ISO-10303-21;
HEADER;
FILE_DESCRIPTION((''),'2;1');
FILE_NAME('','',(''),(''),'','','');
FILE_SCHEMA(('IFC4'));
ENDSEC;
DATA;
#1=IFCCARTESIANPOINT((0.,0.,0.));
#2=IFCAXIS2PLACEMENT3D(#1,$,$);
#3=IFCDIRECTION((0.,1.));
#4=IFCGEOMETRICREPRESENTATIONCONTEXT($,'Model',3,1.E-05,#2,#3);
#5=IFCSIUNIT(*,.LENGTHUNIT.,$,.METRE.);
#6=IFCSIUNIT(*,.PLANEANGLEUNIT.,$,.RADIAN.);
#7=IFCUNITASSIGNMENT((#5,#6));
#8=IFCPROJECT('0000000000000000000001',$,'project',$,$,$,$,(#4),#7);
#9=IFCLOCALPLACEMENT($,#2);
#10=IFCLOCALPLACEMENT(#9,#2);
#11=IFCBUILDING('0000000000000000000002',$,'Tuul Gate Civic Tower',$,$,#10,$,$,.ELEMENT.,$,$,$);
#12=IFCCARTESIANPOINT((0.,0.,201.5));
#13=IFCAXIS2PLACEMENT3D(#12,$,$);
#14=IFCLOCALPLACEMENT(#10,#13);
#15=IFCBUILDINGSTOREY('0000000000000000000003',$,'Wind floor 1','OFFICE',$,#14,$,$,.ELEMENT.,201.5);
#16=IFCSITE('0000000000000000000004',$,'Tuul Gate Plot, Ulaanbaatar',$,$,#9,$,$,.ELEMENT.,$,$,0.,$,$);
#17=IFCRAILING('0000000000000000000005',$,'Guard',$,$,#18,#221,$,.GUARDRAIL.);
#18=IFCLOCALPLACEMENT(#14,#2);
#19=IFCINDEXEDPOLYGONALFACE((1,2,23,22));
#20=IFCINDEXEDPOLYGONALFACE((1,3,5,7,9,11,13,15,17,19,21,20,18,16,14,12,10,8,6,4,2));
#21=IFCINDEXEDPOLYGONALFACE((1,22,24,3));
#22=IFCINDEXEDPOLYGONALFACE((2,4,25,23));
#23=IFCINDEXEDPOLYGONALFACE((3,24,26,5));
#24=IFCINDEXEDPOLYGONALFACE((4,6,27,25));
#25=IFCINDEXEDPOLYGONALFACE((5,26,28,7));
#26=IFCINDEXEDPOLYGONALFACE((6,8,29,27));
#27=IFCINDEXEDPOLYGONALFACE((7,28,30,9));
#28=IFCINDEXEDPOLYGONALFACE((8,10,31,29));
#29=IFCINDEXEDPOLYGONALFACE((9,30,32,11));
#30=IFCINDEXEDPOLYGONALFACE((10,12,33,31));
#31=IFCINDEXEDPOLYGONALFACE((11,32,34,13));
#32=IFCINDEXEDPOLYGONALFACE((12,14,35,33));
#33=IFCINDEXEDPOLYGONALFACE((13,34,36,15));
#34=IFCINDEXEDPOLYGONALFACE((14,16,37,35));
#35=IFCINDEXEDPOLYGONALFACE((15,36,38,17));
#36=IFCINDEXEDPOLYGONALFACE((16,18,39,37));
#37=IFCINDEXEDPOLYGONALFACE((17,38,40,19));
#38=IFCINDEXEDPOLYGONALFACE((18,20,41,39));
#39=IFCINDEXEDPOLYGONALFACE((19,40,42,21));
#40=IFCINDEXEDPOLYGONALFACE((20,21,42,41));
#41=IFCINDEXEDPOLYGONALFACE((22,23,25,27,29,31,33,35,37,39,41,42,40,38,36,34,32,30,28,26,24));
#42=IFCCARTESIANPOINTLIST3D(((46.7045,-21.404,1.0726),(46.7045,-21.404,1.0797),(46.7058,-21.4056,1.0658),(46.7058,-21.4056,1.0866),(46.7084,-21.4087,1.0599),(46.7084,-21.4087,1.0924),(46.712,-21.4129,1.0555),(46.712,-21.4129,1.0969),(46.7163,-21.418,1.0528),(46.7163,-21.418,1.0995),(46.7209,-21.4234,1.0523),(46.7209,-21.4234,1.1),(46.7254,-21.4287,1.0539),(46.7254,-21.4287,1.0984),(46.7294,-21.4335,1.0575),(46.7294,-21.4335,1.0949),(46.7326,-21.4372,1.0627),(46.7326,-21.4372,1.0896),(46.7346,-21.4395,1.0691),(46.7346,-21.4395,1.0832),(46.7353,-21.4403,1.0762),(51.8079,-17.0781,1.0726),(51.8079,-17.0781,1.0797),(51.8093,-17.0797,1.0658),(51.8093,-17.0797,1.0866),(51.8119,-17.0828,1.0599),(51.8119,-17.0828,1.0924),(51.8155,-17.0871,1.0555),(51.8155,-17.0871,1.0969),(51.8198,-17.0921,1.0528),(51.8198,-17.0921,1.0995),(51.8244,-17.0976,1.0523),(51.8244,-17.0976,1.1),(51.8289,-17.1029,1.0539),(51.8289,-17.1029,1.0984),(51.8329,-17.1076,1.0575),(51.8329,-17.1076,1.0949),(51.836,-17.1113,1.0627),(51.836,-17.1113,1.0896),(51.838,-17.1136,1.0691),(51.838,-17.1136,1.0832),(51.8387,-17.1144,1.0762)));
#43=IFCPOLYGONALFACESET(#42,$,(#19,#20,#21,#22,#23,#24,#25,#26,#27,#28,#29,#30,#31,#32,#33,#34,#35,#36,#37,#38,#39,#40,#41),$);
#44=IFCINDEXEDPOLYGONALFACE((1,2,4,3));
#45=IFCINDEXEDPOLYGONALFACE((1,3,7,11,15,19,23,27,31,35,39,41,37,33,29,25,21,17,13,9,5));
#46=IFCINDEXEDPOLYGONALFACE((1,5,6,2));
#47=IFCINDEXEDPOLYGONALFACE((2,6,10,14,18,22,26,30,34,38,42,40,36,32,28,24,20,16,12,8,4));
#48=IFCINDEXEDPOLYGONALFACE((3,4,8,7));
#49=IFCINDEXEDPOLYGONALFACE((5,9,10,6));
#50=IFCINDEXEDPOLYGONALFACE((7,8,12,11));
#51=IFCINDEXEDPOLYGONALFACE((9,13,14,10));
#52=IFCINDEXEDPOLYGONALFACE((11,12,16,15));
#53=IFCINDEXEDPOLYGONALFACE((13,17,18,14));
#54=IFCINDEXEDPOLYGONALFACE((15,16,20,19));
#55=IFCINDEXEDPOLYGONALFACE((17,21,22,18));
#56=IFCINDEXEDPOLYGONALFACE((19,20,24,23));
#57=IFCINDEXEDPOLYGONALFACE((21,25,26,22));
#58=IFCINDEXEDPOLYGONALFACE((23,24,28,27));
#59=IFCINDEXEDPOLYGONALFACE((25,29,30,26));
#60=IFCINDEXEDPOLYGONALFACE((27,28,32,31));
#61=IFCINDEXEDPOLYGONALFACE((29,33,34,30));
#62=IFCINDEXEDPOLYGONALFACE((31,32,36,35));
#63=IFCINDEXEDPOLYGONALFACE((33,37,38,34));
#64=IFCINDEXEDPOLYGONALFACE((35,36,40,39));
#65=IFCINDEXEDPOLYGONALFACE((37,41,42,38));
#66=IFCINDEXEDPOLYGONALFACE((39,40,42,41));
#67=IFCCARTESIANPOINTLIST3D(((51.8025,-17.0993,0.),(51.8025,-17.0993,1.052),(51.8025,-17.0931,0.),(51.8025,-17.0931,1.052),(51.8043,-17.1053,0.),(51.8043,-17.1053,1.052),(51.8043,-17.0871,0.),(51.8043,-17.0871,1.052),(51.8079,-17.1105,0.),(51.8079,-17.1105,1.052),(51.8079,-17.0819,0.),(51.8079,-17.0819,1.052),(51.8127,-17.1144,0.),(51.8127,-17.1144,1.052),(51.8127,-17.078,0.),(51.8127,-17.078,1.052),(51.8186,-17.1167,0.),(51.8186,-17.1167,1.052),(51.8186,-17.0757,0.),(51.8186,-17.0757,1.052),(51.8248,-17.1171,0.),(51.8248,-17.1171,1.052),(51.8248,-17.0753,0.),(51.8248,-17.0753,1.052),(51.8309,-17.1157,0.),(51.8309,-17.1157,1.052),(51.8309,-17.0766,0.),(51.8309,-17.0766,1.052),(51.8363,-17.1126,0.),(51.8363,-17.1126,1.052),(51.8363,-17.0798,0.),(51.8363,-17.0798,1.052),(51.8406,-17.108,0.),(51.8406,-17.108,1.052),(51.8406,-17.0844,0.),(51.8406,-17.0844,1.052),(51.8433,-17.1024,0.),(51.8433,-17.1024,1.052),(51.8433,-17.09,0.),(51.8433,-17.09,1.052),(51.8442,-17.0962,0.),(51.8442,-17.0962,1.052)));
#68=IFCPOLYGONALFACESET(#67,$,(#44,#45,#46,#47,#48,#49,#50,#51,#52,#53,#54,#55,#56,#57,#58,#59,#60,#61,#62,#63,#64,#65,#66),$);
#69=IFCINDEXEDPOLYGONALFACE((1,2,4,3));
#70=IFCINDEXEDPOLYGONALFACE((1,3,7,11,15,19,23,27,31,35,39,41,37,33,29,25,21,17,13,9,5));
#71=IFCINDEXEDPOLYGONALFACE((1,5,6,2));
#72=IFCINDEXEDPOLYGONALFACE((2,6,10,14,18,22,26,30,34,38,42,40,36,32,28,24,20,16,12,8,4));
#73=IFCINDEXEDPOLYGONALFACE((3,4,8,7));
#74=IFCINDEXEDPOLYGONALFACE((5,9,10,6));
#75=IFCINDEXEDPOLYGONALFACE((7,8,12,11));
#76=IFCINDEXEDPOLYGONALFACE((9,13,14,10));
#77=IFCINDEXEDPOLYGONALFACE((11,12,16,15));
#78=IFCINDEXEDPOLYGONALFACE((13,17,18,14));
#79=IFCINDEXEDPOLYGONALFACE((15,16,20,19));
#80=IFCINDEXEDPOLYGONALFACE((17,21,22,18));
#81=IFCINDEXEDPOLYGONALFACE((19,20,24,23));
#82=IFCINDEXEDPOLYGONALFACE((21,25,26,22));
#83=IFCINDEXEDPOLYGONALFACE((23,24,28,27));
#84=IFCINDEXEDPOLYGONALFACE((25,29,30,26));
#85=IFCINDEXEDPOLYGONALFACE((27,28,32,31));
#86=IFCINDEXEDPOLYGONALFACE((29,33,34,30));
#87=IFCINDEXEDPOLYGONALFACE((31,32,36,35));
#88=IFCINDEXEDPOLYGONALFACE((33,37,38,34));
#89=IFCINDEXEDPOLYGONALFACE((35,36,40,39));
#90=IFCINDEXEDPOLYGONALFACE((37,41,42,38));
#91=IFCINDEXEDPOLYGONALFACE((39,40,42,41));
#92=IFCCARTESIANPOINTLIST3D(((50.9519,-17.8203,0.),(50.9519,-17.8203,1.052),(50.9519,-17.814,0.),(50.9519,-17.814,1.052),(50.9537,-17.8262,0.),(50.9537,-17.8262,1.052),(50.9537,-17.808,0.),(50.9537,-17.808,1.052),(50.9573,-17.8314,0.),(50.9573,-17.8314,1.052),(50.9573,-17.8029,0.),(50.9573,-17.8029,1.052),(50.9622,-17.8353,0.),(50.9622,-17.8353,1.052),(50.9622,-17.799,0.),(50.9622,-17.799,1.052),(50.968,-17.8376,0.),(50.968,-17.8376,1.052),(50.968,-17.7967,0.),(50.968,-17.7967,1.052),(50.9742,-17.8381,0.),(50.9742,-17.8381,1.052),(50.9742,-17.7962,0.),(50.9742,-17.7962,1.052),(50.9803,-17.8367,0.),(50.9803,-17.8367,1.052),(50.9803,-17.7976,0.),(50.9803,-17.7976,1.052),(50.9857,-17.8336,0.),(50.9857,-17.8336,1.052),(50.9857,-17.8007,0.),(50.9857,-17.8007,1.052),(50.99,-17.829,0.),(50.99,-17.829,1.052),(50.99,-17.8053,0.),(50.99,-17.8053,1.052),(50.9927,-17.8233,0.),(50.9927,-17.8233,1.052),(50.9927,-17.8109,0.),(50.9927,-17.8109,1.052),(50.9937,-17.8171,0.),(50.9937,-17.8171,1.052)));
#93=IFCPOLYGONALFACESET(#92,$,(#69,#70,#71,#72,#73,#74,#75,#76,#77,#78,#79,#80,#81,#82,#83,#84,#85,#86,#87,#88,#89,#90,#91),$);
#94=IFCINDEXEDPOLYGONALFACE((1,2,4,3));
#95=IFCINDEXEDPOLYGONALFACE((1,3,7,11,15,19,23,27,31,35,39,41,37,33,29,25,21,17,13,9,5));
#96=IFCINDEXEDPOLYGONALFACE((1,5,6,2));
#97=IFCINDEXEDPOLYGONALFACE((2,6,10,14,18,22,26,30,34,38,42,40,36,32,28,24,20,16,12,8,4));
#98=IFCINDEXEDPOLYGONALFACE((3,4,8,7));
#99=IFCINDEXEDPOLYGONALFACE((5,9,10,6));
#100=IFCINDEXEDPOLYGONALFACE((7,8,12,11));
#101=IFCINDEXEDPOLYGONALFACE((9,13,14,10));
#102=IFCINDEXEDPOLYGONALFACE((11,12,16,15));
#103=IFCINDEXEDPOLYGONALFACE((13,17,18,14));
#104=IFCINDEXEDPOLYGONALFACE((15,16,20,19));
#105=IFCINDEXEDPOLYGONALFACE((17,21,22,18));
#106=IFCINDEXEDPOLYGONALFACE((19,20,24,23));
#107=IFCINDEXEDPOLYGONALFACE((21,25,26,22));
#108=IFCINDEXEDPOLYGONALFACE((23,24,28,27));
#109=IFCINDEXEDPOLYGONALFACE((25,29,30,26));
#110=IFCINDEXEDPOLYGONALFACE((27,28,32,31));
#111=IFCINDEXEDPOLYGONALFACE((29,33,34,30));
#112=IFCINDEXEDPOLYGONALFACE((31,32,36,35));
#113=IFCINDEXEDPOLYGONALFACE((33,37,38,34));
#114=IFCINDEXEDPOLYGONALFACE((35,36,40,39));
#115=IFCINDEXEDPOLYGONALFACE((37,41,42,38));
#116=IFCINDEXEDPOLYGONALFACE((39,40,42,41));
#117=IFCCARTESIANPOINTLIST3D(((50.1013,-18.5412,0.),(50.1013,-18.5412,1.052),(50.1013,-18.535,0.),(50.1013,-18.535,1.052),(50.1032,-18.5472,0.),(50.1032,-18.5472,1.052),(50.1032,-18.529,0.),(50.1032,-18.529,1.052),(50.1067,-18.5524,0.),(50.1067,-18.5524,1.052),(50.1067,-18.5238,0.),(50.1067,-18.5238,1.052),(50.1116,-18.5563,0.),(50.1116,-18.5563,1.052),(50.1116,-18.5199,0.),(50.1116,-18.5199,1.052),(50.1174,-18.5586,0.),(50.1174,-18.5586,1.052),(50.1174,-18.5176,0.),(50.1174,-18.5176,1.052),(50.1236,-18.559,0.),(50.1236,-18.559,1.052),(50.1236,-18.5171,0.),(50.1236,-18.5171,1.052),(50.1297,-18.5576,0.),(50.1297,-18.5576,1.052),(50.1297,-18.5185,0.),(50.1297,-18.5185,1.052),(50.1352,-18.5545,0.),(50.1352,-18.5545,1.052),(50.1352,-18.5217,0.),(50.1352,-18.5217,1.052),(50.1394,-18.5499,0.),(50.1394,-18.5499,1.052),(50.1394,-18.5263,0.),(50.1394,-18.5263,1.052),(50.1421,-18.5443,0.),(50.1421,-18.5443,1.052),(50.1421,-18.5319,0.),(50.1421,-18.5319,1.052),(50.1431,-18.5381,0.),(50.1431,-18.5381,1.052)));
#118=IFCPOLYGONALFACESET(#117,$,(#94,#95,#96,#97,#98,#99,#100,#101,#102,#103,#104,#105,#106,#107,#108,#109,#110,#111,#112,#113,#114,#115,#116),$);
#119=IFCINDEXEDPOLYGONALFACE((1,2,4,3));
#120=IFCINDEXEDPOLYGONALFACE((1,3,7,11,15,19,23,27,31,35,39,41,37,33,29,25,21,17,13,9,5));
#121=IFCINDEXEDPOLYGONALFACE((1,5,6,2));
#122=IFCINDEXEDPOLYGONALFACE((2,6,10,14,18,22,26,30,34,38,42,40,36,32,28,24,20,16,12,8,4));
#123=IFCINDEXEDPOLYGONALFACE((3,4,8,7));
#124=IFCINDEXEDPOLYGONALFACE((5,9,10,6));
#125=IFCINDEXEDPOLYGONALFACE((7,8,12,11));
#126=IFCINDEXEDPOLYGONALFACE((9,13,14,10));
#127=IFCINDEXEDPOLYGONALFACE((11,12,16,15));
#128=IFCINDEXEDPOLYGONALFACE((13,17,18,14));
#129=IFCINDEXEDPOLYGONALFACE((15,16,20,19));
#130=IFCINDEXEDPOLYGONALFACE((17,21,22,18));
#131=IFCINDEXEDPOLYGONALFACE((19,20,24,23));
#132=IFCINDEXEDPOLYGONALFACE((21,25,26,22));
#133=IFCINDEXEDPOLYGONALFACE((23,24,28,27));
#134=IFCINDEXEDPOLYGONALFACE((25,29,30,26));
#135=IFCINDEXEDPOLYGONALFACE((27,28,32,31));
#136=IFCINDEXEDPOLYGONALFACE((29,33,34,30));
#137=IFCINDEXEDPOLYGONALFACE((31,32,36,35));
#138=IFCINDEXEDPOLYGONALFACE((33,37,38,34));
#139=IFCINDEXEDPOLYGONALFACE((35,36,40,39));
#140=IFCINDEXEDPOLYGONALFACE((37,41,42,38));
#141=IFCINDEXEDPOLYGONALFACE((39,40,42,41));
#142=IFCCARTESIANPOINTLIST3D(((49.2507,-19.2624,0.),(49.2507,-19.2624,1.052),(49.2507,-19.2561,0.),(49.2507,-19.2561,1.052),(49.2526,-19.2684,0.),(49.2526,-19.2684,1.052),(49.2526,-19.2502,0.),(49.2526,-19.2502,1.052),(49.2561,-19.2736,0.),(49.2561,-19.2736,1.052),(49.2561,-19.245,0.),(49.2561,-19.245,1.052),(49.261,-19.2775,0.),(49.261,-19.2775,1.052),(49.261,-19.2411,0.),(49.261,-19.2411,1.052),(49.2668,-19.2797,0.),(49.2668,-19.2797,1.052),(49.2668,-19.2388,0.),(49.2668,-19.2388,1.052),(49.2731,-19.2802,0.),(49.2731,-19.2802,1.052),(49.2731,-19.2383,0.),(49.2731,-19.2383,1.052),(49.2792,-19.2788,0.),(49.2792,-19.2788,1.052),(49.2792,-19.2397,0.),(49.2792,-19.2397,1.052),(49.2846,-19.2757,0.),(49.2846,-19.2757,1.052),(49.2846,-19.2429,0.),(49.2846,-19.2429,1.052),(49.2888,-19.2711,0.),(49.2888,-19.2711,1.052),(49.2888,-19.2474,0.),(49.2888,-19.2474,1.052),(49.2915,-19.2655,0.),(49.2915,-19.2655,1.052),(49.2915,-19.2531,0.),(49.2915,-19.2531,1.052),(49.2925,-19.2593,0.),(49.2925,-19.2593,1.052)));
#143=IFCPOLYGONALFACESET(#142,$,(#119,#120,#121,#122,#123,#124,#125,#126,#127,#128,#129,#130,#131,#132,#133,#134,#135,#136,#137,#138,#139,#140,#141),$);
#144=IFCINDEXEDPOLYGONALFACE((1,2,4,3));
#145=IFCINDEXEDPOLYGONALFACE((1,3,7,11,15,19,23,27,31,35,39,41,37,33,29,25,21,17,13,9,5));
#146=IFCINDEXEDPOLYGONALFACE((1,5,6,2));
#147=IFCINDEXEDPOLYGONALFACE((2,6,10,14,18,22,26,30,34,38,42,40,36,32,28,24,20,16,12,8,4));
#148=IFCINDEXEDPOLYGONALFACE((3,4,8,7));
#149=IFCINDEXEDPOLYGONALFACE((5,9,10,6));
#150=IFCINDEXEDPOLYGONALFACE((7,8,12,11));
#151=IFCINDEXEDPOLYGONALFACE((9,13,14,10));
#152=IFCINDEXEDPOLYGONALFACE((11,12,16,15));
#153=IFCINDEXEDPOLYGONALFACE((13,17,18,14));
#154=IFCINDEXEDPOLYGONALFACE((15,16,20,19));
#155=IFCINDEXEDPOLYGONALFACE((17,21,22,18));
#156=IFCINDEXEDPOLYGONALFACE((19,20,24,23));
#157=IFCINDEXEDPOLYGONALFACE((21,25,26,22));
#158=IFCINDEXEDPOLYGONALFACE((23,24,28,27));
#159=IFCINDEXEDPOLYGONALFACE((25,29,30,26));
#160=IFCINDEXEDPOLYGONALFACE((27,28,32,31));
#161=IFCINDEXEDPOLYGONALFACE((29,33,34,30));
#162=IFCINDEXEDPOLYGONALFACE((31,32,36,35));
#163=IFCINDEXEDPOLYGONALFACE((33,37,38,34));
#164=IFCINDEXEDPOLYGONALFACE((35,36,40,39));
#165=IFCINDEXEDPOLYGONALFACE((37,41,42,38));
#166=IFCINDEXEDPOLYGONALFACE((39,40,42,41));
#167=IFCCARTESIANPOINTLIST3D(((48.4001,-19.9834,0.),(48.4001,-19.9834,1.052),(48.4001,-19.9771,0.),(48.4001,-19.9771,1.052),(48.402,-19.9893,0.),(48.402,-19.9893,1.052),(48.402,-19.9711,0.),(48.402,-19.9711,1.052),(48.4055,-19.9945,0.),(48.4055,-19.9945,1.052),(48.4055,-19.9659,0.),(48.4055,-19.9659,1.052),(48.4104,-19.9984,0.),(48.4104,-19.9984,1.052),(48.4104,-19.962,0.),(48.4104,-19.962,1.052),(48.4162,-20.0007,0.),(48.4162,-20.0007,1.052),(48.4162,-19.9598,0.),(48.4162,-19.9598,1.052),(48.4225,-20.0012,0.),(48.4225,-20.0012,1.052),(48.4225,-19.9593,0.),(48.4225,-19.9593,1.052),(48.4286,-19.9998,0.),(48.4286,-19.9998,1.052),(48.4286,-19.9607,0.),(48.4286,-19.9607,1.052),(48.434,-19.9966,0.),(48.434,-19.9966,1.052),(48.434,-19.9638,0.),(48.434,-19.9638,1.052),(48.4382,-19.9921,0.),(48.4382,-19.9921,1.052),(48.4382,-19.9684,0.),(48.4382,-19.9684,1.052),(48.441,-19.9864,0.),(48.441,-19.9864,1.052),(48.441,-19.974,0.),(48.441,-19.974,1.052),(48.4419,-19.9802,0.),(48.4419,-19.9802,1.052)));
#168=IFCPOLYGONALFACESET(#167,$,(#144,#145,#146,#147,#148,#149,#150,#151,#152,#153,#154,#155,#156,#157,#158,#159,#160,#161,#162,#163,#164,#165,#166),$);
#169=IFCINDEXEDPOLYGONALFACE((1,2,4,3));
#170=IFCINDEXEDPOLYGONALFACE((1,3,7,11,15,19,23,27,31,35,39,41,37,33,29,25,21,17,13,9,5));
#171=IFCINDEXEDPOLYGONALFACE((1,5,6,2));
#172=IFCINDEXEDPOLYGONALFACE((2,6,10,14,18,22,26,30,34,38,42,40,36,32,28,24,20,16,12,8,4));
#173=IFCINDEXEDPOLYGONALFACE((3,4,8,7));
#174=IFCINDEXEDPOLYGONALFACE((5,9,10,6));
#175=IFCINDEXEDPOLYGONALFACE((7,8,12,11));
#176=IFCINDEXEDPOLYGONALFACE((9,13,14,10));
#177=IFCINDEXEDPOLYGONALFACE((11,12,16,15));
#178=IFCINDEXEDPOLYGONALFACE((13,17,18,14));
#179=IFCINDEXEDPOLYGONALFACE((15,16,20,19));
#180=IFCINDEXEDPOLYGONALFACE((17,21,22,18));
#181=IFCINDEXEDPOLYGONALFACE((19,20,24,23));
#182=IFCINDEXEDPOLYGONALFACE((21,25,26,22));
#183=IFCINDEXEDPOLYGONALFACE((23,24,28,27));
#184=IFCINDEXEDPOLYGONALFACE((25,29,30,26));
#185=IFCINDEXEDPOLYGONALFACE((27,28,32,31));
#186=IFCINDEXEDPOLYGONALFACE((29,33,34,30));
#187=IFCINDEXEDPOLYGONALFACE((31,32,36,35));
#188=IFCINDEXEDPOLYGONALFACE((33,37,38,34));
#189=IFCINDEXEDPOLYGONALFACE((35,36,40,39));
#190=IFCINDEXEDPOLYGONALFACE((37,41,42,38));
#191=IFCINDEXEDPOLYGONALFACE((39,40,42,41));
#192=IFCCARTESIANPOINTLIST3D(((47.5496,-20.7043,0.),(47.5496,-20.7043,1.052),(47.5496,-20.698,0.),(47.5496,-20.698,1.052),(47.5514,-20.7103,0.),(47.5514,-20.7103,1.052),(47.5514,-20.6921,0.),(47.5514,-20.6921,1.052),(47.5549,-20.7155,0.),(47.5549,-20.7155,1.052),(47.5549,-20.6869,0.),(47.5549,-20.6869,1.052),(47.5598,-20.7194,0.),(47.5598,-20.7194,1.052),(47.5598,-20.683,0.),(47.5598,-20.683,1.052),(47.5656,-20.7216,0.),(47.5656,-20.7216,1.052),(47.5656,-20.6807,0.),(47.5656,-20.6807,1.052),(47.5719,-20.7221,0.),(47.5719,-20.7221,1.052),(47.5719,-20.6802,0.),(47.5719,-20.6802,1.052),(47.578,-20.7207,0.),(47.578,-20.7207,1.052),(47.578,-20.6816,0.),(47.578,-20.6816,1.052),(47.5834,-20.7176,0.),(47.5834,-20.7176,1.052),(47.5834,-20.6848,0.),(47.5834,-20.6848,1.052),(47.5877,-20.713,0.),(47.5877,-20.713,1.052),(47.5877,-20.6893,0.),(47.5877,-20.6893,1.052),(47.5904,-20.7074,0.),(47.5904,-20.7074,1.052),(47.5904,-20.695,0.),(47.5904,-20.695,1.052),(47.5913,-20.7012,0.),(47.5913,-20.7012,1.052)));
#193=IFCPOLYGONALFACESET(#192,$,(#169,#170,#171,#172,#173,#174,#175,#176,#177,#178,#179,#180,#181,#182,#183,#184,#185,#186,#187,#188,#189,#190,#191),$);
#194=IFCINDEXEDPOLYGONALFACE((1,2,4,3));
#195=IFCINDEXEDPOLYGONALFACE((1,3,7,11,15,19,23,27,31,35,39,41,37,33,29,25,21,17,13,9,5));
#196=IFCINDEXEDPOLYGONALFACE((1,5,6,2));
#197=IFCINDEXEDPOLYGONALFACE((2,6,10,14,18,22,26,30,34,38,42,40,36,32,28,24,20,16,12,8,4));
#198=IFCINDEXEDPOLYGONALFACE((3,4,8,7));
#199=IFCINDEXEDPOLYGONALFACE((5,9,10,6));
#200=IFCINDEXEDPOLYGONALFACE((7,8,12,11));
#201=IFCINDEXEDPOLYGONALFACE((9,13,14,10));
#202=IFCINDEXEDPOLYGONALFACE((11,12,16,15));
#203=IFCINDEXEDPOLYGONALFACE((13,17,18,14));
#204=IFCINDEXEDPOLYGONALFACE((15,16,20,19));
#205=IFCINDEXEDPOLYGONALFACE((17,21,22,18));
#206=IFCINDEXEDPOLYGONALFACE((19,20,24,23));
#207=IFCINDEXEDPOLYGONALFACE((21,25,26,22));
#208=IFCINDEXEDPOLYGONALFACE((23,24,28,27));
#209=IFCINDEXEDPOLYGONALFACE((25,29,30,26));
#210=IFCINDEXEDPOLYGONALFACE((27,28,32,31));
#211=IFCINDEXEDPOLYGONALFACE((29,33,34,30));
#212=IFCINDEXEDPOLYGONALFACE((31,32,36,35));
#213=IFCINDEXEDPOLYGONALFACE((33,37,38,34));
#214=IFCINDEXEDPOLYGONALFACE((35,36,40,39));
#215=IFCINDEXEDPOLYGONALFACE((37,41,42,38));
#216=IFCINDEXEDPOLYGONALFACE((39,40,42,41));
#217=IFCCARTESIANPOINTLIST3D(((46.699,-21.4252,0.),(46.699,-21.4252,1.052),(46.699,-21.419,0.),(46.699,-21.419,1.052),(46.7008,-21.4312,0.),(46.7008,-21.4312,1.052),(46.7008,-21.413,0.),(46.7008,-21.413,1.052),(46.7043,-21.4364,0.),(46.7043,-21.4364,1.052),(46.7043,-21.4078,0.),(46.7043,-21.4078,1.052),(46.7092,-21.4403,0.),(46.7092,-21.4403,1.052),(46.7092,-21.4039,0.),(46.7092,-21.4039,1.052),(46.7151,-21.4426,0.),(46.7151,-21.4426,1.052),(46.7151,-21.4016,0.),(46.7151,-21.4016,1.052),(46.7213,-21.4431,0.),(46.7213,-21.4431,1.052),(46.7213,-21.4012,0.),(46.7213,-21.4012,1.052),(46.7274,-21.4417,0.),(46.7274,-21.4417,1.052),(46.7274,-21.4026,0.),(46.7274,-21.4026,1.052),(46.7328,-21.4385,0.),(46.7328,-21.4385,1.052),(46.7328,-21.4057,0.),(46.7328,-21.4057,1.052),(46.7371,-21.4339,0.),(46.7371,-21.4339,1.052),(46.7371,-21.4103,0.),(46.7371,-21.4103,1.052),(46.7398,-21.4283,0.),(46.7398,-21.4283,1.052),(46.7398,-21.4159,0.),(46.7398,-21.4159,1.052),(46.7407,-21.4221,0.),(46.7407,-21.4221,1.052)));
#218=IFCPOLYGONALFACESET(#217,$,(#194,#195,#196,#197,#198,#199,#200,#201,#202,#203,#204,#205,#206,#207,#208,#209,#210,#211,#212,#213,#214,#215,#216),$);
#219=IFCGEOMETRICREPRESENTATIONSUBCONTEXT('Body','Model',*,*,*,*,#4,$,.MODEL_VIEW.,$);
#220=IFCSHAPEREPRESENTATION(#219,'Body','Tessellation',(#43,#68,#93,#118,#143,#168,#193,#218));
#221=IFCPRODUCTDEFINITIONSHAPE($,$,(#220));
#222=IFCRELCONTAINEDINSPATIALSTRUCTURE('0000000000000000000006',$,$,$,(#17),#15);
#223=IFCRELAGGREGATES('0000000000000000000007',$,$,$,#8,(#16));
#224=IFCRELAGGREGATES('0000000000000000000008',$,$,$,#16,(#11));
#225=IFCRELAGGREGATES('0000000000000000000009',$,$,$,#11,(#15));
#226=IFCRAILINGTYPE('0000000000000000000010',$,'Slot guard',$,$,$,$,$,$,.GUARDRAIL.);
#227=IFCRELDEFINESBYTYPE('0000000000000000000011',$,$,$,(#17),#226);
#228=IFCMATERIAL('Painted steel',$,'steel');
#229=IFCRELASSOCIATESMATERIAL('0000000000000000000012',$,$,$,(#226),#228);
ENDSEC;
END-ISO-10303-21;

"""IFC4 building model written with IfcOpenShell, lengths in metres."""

from ifc_helpers import new_model, si_unit, direction, frame, origin, origin_2d, place, context, subcontext, project, spatial, circle, extrude, material, type_object, element, save


model = new_model("IFC4")

# Units and contexts
model_context = context("Model", 3, precision=1e-05, world=origin(), true_north=direction((0.0, 1.0)))
body_context = subcontext(model_context, "Body", "Model", "MODEL_VIEW")
ifc_project = project(units=[si_unit("LENGTHUNIT", "METRE"), si_unit("PLANEANGLEUNIT", "RADIAN")], contexts=[model_context])

# Site, building, storey
site_placement = place(None, origin())
site = spatial("IfcSite", under=ifc_project, at=site_placement, Name="Tuul Gate Plot, Ulaanbaatar", CompositionType="ELEMENT", RefElevation=0.0)
building_placement = place(site_placement, origin())
building = spatial("IfcBuilding", under=site, at=building_placement, Name="Tuul Gate Civic Tower", CompositionType="ELEMENT")
storey_placement = place(building_placement, frame((0.0, 0.0, 201.5)))
storey = spatial("IfcBuildingStorey", under=building, at=storey_placement, Name="Wind floor 1", Description="OFFICE", CompositionType="ELEMENT", Elevation=201.5)

# Railing
ifc_material_1 = material(Name="Painted steel", Category="steel")
railing_type = type_object("IfcRailingType", Name="Slot guard", PredefinedType="GUARDRAIL", material=ifc_material_1)
railing_1_placement = place(storey_placement, frame((51.8232, -17.0962, 0.0)))
element("IfcRailing", 1, at=railing_1_placement, inside=storey, type_object=railing_type, Name="Guard", PredefinedType="GUARDRAIL", context=body_context, shape_type="SweptSolid", body=[
    extrude(circle(Radius=0.0239, at=origin_2d()), frame((0.0, 0.0, 1.0762), z_axis=(-0.762828, -0.646601, 0.0), x_axis=(0.646601, -0.762828, 0.0)), (0.0, 0.0, 1.0), 6.6902),
    extrude(circle(Radius=0.021, at=origin_2d()), origin(), (0.0, 0.0, 1.0), 1.052),
    extrude(circle(Radius=0.021, at=origin_2d()), frame((-0.8506, -0.7209, 0.0)), (0.0, 0.0, 1.0), 1.052),
    extrude(circle(Radius=0.021, at=origin_2d()), frame((-1.7012, -1.4419, 0.0)), (0.0, 0.0, 1.0), 1.052),
    extrude(circle(Radius=0.021, at=origin_2d()), frame((-2.5518, -2.1631, 0.0)), (0.0, 0.0, 1.0), 1.052),
    extrude(circle(Radius=0.021, at=origin_2d()), frame((-3.4023, -2.884, 0.0)), (0.0, 0.0, 1.0), 1.052),
    extrude(circle(Radius=0.021, at=origin_2d()), frame((-4.2529, -3.605, 0.0)), (0.0, 0.0, 1.0), 1.052),
    extrude(circle(Radius=0.021, at=origin_2d()), frame((-5.1035, -4.3259, 0.0)), (0.0, 0.0, 1.0), 1.052),
])

save(model, "model.ifc")
